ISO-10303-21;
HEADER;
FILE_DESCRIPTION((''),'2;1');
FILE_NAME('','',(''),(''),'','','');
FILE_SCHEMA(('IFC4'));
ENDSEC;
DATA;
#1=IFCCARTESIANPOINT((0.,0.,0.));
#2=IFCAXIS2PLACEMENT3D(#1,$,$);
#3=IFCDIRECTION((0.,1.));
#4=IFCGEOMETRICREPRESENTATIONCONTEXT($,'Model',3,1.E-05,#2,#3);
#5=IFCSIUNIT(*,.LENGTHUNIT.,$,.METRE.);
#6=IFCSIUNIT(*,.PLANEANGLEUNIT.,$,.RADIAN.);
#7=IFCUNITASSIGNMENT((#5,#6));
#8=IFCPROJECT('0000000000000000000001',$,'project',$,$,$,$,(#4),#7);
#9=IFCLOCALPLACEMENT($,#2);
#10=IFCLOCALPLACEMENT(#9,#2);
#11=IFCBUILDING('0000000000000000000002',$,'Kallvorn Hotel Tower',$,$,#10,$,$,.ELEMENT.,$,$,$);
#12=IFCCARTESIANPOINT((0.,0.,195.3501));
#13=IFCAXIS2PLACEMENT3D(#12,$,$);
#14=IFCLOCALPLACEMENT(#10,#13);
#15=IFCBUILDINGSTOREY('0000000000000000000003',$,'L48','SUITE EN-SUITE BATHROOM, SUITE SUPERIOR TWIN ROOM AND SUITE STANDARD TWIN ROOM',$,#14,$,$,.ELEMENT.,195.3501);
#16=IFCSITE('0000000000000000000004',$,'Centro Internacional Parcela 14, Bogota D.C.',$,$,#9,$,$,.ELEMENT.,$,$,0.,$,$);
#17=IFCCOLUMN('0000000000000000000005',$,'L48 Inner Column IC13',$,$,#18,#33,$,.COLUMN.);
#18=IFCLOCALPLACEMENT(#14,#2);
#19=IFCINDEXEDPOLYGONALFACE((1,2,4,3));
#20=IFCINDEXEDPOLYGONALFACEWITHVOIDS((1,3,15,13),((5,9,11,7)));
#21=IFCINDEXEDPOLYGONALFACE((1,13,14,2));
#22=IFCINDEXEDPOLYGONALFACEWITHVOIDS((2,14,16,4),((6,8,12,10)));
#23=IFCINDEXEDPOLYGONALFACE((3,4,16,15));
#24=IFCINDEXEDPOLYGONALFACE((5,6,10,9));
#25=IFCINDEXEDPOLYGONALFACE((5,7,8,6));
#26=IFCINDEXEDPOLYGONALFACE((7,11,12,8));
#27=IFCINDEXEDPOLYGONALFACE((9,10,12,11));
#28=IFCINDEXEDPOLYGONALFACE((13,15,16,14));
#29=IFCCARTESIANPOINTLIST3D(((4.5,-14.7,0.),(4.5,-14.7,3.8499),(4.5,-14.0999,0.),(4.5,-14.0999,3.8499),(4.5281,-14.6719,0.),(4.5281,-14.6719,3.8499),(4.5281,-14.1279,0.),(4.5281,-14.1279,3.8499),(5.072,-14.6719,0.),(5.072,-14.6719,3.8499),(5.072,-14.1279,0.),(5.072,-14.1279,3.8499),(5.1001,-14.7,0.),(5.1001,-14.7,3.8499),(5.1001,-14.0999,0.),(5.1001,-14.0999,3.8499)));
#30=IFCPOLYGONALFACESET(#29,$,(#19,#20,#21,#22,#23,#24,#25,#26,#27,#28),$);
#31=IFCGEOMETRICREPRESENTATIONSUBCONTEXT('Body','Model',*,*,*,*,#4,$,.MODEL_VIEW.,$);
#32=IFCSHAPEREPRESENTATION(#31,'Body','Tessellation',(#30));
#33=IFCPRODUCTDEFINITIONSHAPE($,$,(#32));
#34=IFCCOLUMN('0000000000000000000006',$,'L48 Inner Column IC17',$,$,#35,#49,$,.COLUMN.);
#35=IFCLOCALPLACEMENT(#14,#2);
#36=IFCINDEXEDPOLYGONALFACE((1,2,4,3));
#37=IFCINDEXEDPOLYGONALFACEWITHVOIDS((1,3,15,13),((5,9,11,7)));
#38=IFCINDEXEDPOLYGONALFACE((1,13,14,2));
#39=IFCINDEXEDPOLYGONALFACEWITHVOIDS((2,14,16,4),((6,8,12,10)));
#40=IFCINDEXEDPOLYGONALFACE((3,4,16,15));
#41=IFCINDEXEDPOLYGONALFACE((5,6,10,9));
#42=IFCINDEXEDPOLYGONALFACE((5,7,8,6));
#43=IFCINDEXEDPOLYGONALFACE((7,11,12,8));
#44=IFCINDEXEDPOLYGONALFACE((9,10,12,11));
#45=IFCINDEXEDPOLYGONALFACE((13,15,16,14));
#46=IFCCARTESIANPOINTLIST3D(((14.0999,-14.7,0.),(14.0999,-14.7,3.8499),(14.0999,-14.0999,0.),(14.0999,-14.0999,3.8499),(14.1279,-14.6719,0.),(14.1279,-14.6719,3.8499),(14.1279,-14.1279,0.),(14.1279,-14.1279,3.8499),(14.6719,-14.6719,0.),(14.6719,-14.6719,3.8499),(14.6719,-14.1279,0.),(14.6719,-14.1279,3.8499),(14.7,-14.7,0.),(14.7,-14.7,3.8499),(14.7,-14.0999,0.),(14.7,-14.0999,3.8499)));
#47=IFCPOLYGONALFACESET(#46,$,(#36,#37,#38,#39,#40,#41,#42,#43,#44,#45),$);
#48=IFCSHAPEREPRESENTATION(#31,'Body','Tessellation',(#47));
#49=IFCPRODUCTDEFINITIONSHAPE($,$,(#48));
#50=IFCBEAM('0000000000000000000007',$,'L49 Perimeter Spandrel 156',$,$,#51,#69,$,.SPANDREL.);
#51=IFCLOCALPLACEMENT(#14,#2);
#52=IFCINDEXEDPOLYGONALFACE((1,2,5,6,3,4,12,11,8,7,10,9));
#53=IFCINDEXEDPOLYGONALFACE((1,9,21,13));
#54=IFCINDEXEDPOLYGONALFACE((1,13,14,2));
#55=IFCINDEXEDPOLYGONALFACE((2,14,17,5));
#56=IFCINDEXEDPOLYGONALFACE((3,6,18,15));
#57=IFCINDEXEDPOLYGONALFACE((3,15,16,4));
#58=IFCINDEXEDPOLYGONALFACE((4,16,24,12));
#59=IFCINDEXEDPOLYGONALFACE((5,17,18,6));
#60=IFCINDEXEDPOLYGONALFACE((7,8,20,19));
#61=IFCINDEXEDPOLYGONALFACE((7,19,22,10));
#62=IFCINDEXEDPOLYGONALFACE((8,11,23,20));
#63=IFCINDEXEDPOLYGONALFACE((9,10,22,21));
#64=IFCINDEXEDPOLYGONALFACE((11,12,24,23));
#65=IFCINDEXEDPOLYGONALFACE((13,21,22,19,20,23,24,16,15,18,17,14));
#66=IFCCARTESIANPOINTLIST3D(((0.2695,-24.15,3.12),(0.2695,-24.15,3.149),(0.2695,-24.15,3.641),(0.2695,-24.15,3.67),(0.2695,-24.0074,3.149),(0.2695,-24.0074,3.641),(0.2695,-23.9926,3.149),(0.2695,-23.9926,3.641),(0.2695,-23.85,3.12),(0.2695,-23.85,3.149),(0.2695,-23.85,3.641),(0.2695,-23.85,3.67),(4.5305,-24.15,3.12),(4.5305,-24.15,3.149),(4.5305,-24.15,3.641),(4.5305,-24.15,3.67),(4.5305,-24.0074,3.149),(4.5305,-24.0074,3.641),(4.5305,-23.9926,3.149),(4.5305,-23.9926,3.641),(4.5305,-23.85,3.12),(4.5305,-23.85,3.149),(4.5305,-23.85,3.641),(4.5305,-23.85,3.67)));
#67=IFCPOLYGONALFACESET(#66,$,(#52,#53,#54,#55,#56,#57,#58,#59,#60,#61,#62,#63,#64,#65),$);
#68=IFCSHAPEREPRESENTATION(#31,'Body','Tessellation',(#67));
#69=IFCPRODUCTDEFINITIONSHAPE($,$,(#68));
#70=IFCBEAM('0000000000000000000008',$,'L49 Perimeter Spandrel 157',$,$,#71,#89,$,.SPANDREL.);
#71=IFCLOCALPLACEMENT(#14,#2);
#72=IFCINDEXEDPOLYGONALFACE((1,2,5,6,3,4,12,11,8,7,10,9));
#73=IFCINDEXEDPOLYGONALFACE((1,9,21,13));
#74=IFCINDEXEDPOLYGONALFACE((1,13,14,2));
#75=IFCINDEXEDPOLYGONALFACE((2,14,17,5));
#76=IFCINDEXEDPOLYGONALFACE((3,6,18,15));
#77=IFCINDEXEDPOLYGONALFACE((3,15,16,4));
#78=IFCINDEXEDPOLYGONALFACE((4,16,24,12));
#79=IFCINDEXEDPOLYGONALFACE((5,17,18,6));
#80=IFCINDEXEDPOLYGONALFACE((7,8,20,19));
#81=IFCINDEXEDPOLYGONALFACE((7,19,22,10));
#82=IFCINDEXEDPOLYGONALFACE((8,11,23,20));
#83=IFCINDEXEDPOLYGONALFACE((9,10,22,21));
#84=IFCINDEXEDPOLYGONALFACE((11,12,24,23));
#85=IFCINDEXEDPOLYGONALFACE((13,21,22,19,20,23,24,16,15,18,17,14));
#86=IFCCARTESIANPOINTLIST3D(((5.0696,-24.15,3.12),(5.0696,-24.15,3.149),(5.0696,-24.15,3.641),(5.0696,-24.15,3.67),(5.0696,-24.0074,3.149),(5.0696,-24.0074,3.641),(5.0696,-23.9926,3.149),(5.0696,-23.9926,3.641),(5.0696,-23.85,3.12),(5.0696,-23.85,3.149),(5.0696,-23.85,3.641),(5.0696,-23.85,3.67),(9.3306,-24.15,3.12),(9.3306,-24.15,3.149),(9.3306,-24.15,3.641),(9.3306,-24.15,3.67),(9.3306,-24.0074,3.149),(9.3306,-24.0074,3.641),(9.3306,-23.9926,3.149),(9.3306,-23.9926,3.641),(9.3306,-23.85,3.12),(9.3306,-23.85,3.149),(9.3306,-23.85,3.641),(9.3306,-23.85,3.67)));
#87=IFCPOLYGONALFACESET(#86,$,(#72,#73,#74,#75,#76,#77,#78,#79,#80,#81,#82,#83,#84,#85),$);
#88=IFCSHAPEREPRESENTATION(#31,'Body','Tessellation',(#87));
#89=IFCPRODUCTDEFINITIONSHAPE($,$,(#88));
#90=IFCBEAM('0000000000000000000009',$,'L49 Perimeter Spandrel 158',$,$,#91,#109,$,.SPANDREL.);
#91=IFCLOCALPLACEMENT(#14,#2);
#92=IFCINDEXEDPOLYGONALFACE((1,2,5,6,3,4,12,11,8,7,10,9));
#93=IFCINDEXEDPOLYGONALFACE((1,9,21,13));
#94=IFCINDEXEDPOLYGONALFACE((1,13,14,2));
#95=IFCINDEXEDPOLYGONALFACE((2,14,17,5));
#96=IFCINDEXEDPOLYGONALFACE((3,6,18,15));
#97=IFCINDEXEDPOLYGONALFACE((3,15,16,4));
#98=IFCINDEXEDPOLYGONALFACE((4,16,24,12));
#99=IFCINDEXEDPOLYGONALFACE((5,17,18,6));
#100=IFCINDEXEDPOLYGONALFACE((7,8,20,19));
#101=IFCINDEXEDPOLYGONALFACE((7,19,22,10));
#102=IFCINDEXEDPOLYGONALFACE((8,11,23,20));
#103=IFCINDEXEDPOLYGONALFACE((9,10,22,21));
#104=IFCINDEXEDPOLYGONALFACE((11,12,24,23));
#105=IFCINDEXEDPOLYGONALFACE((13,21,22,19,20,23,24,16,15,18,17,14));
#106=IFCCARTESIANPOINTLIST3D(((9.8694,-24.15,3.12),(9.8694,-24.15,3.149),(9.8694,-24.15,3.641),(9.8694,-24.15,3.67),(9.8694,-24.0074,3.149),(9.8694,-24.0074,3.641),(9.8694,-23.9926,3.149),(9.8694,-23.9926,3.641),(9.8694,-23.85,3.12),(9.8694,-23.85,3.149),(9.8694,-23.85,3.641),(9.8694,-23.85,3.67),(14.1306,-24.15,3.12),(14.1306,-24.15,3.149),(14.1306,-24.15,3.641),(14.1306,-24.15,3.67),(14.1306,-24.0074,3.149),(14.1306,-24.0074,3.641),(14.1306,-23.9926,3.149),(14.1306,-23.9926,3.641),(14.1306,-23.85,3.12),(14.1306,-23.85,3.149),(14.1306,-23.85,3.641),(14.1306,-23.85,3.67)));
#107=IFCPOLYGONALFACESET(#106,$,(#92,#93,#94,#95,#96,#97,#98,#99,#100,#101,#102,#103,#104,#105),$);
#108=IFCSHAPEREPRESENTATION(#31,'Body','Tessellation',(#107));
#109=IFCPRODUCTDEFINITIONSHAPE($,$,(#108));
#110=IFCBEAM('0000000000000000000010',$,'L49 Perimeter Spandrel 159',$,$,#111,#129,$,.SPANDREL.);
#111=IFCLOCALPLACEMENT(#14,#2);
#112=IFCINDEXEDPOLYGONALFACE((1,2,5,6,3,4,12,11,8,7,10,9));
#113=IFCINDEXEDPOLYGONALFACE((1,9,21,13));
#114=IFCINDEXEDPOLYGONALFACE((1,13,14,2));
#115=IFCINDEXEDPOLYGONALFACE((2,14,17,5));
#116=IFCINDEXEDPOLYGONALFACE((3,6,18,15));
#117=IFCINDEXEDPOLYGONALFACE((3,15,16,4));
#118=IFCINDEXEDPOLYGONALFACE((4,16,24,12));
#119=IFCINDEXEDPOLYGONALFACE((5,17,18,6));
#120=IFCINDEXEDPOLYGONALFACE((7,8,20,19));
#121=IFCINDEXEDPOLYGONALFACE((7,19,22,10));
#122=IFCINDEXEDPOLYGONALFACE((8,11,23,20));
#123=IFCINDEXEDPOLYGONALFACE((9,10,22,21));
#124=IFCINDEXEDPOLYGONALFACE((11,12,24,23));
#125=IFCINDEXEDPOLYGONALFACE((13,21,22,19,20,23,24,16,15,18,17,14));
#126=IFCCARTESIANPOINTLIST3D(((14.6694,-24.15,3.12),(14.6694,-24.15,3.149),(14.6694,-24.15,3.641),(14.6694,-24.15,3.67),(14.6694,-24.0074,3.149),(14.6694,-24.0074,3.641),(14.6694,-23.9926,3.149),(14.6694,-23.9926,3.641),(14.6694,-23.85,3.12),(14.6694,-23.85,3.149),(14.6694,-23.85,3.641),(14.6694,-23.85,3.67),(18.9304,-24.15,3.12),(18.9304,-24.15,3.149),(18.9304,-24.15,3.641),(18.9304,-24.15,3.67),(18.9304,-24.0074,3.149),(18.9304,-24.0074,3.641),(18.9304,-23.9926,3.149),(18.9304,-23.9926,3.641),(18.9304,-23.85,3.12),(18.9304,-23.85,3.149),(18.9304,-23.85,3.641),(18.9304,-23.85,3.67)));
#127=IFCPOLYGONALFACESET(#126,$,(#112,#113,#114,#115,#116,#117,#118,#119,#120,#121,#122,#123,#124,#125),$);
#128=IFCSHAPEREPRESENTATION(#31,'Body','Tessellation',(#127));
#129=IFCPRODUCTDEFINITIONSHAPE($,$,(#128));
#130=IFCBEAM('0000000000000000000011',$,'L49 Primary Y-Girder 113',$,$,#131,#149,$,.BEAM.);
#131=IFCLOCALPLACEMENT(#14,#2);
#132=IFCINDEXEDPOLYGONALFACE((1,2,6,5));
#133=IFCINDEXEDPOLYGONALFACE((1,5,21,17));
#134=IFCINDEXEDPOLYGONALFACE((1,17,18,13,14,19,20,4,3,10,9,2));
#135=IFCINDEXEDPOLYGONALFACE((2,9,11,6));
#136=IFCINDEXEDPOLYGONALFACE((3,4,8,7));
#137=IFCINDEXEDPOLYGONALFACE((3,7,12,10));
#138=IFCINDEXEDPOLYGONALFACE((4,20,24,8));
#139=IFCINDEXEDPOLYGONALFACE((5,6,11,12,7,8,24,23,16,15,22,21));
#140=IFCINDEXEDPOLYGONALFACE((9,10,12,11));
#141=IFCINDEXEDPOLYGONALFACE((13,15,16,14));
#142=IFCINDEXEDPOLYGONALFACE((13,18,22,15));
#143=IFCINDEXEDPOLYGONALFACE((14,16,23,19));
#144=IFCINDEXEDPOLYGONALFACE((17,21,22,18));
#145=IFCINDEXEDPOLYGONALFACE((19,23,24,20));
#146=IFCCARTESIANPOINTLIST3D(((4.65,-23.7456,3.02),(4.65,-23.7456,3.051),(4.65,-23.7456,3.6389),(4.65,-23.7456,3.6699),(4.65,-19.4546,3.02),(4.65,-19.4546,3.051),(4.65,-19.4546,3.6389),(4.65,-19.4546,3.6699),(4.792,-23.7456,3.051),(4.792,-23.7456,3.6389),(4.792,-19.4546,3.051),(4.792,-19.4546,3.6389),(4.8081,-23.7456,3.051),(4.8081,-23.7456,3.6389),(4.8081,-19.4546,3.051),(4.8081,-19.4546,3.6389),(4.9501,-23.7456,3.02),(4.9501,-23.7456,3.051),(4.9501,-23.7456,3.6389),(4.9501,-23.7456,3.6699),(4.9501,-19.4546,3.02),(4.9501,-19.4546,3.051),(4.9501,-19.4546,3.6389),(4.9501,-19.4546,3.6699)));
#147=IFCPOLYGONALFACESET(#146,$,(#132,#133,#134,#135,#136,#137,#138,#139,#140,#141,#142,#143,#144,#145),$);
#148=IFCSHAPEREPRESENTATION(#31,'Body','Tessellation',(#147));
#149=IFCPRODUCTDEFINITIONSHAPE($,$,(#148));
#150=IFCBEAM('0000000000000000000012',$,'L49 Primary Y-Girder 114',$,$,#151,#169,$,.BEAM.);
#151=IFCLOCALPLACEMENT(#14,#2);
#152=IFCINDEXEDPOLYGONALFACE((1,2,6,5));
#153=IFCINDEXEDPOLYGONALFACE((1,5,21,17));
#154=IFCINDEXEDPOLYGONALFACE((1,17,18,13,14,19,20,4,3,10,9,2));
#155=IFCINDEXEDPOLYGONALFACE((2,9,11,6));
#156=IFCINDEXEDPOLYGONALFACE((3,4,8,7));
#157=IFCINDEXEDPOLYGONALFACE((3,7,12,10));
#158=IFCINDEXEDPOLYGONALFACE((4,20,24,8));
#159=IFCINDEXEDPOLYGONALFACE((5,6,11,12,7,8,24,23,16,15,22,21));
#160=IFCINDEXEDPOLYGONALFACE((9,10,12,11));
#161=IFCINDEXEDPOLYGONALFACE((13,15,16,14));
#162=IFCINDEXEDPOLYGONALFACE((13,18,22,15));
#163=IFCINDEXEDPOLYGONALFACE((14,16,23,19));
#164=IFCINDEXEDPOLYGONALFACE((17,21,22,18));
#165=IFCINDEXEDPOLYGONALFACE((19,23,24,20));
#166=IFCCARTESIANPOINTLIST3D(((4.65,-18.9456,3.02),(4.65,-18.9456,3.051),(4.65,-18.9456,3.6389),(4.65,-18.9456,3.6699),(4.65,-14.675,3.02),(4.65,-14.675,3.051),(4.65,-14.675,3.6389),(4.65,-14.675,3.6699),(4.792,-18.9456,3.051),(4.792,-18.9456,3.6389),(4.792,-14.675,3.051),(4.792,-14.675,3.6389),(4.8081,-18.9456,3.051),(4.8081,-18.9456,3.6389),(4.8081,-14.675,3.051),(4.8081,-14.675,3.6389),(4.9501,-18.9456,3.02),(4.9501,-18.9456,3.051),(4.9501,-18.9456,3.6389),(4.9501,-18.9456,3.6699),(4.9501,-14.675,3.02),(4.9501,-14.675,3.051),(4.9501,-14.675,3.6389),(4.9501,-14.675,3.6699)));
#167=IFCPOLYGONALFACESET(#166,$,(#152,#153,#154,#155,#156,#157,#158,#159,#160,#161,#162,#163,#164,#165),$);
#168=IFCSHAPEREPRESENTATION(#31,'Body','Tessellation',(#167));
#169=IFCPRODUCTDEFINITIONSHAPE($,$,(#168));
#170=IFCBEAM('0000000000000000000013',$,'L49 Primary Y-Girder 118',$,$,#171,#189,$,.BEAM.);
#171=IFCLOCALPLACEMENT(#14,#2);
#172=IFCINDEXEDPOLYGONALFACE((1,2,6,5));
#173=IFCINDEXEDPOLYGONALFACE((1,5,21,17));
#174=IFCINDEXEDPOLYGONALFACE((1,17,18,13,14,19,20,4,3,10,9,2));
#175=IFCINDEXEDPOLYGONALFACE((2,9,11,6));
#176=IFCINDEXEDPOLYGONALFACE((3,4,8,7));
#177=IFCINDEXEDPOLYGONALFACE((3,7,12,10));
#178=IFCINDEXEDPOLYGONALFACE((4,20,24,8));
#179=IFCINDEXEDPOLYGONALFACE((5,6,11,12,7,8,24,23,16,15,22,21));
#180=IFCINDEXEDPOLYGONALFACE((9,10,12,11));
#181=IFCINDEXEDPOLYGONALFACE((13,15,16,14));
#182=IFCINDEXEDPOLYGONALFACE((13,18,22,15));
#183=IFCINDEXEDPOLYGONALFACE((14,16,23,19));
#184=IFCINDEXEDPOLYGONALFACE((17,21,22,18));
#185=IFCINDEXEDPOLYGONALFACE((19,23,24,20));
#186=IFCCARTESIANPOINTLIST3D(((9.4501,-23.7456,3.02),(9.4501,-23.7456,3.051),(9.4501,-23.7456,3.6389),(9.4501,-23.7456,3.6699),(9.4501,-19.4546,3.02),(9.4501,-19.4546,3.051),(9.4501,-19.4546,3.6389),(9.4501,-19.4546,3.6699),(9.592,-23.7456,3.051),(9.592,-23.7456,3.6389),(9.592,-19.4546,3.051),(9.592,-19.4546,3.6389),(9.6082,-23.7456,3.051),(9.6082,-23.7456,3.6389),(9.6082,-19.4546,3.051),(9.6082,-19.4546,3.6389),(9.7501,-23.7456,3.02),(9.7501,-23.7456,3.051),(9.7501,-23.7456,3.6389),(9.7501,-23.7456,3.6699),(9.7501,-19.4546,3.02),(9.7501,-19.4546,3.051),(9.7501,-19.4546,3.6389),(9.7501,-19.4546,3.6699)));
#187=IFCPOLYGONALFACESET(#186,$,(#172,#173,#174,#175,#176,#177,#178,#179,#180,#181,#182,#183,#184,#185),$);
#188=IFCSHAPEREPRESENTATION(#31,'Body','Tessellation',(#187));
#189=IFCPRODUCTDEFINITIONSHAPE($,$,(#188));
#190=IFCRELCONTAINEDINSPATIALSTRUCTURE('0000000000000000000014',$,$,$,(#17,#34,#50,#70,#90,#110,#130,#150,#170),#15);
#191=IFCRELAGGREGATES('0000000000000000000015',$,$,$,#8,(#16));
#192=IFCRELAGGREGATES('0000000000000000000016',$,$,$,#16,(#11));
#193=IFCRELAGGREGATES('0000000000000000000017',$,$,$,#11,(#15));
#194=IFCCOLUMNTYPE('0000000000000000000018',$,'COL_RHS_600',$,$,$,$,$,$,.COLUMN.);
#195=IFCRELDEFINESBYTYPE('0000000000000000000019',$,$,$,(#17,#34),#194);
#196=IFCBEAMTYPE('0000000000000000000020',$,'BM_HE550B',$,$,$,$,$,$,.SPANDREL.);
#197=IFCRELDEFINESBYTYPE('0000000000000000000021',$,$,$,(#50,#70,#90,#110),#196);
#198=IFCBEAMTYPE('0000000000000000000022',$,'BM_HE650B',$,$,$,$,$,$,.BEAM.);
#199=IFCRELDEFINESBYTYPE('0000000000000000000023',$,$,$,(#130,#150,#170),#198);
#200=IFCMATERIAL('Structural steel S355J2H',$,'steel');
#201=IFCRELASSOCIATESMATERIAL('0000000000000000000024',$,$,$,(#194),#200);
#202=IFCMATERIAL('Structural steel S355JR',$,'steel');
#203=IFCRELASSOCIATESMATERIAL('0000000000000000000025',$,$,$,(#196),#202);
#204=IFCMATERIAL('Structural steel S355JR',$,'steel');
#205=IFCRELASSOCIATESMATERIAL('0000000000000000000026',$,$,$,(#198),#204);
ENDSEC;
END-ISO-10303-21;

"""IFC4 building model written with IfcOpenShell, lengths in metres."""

from ifc_helpers import new_model, si_unit, direction, frame, origin, origin_2d, place, context, subcontext, project, spatial, hollow_rectangle, i_section, extrude, material, material_profile, profile_set, type_object, element, save


model = new_model("IFC4")

# Units and contexts
model_context = context("Model", 3, precision=1e-05, world=origin(), true_north=direction((0.0, 1.0)))
body_context = subcontext(model_context, "Body", "Model", "MODEL_VIEW")
ifc_project = project(units=[si_unit("LENGTHUNIT", "METRE"), si_unit("PLANEANGLEUNIT", "RADIAN")], contexts=[model_context])

# Site, building, storey
site_placement = place(None, origin())
site = spatial("IfcSite", under=ifc_project, at=site_placement, Name="Centro Internacional Parcela 14, Bogota D.C.", CompositionType="ELEMENT", RefElevation=0.0)
building_placement = place(site_placement, origin())
building = spatial("IfcBuilding", under=site, at=building_placement, Name="Kallvorn Hotel Tower", CompositionType="ELEMENT")
storey_placement = place(building_placement, frame((0.0, 0.0, 195.3501)))
storey = spatial("IfcBuildingStorey", under=building, at=storey_placement, Name="L48", Description="SUITE EN-SUITE BATHROOM, SUITE SUPERIOR TWIN ROOM AND SUITE STANDARD TWIN ROOM", CompositionType="ELEMENT", Elevation=195.3501)

# Columns
ifc_material_1 = material(Name="Structural steel S355J2H", Category="steel")
ifc_material_profile_1 = material_profile(ifc_material_1, hollow_rectangle(XDim=0.6001, YDim=0.6001, WallThickness=0.0281, at=origin_2d()), Name="RHS 600x600x28")
ifc_profile_set_1 = profile_set([ifc_material_profile_1], Name="Structural steel S355J2H")
column_type_1 = type_object("IfcColumnType", Name="COL_RHS_600", PredefinedType="COLUMN", material=ifc_profile_set_1)
for number, where, z_axis, x_axis, name in (
    (1, (4.8, -14.3999, 0.0), (0.0, 0.0, 1.0), (1.0, 0.0, 0.0), "L48 Inner Column IC13"),
    (2, (14.3999, -14.3999, 0.0), (0.0, 0.0, 1.0), (1.0, 0.0, 0.0), "L48 Inner Column IC17"),
):
    element("IfcColumn", number, at=place(storey_placement, frame(where, z_axis=z_axis, x_axis=x_axis)), inside=storey, type_object=column_type_1, Name=name, PredefinedType="COLUMN", context=body_context, shape_type="SweptSolid", body=[
        extrude(hollow_rectangle(XDim=0.6001, YDim=0.6001, WallThickness=0.0281, at=origin_2d()), origin(), (0.0, 0.0, 1.0), 3.8499),
    ])

# Beams
ifc_material_2 = material(Name="Structural steel S355JR", Category="steel")
ifc_material_profile_2 = material_profile(ifc_material_2, i_section(OverallWidth=0.3, OverallDepth=0.55, WebThickness=0.0149, FlangeThickness=0.0291, at=origin_2d()), Name="HE 550 B")
ifc_profile_set_2 = profile_set([ifc_material_profile_2], Name="Structural steel S355JR")
beam_type_1 = type_object("IfcBeamType", Name="BM_HE550B", PredefinedType="SPANDREL", material=ifc_profile_set_2)
for number, where, z_axis, x_axis, name in (
    (3, (0.2695, -24.0, 3.395), (1.0, 0.0, 0.0), (0.0, 1.0, 0.0), "L49 Perimeter Spandrel 156"),
    (4, (5.0696, -24.0, 3.395), (1.0, 0.0, 0.0), (0.0, 1.0, 0.0), "L49 Perimeter Spandrel 157"),
):
    element("IfcBeam", number, at=place(storey_placement, frame(where, z_axis=z_axis, x_axis=x_axis)), inside=storey, type_object=beam_type_1, Name=name, PredefinedType="SPANDREL", context=body_context, shape_type="SweptSolid", body=[
        extrude(i_section(OverallWidth=0.3, OverallDepth=0.55, WebThickness=0.0149, FlangeThickness=0.0291, at=origin_2d()), origin(), (0.0, 0.0, 1.0), 4.261),
    ])
beam_1_placement = place(storey_placement, frame((9.8694, -24.0, 3.395), z_axis=(1.0, 0.0, 0.0), x_axis=(0.0, 1.0, 0.0)))
element("IfcBeam", 5, at=beam_1_placement, inside=storey, type_object=beam_type_1, Name="L49 Perimeter Spandrel 158", PredefinedType="SPANDREL", context=body_context, shape_type="SweptSolid", body=[
    extrude(i_section(OverallWidth=0.3, OverallDepth=0.55, WebThickness=0.0149, FlangeThickness=0.0291, at=origin_2d()), origin(), (0.0, 0.0, 1.0), 4.2612),
])
beam_2_placement = place(storey_placement, frame((14.6694, -24.0, 3.395), z_axis=(1.0, 0.0, 0.0), x_axis=(0.0, 1.0, 0.0)))
element("IfcBeam", 6, at=beam_2_placement, inside=storey, type_object=beam_type_1, Name="L49 Perimeter Spandrel 159", PredefinedType="SPANDREL", context=body_context, shape_type="SweptSolid", body=[
    extrude(i_section(OverallWidth=0.3, OverallDepth=0.55, WebThickness=0.0149, FlangeThickness=0.0291, at=origin_2d()), origin(), (0.0, 0.0, 1.0), 4.261),
])
ifc_material_3 = material(Name="Structural steel S355JR", Category="steel")
ifc_material_profile_3 = material_profile(ifc_material_3, i_section(OverallWidth=0.3, OverallDepth=0.6499, WebThickness=0.0161, FlangeThickness=0.031, at=origin_2d()), Name="HE 650 B")
ifc_profile_set_3 = profile_set([ifc_material_profile_3], Name="Structural steel S355JR")
beam_type_2 = type_object("IfcBeamType", Name="BM_HE650B", PredefinedType="BEAM", material=ifc_profile_set_3)
beam_3_placement = place(storey_placement, frame((4.8, -23.7456, 3.345), z_axis=(0.0, 1.0, 0.0), x_axis=(-1.0, 0.0, 0.0)))
element("IfcBeam", 7, at=beam_3_placement, inside=storey, type_object=beam_type_2, Name="L49 Primary Y-Girder 113", PredefinedType="BEAM", context=body_context, shape_type="SweptSolid", body=[
    extrude(i_section(OverallWidth=0.3, OverallDepth=0.6499, WebThickness=0.0161, FlangeThickness=0.031, at=origin_2d()), origin(), (0.0, 0.0, 1.0), 4.291),
])
beam_4_placement = place(storey_placement, frame((4.8, -18.9456, 3.345), z_axis=(0.0, 1.0, 0.0), x_axis=(-1.0, 0.0, 0.0)))
element("IfcBeam", 8, at=beam_4_placement, inside=storey, type_object=beam_type_2, Name="L49 Primary Y-Girder 114", PredefinedType="BEAM", context=body_context, shape_type="SweptSolid", body=[
    extrude(i_section(OverallWidth=0.3, OverallDepth=0.6499, WebThickness=0.0161, FlangeThickness=0.031, at=origin_2d()), origin(), (0.0, 0.0, 1.0), 4.2705),
])
for number, where, z_axis, x_axis, name in (
    (9, (9.6001, -23.7456, 3.345), (0.0, 1.0, 0.0), (-1.0, 0.0, 0.0), "L49 Primary Y-Girder 118"),
):
    element("IfcBeam", number, at=place(storey_placement, frame(where, z_axis=z_axis, x_axis=x_axis)), inside=storey, type_object=beam_type_2, Name=name, PredefinedType="BEAM", context=body_context, shape_type="SweptSolid", body=[
        extrude(i_section(OverallWidth=0.3, OverallDepth=0.6499, WebThickness=0.0161, FlangeThickness=0.031, at=origin_2d()), origin(), (0.0, 0.0, 1.0), 4.291),
    ])

save(model, "model.ifc")
